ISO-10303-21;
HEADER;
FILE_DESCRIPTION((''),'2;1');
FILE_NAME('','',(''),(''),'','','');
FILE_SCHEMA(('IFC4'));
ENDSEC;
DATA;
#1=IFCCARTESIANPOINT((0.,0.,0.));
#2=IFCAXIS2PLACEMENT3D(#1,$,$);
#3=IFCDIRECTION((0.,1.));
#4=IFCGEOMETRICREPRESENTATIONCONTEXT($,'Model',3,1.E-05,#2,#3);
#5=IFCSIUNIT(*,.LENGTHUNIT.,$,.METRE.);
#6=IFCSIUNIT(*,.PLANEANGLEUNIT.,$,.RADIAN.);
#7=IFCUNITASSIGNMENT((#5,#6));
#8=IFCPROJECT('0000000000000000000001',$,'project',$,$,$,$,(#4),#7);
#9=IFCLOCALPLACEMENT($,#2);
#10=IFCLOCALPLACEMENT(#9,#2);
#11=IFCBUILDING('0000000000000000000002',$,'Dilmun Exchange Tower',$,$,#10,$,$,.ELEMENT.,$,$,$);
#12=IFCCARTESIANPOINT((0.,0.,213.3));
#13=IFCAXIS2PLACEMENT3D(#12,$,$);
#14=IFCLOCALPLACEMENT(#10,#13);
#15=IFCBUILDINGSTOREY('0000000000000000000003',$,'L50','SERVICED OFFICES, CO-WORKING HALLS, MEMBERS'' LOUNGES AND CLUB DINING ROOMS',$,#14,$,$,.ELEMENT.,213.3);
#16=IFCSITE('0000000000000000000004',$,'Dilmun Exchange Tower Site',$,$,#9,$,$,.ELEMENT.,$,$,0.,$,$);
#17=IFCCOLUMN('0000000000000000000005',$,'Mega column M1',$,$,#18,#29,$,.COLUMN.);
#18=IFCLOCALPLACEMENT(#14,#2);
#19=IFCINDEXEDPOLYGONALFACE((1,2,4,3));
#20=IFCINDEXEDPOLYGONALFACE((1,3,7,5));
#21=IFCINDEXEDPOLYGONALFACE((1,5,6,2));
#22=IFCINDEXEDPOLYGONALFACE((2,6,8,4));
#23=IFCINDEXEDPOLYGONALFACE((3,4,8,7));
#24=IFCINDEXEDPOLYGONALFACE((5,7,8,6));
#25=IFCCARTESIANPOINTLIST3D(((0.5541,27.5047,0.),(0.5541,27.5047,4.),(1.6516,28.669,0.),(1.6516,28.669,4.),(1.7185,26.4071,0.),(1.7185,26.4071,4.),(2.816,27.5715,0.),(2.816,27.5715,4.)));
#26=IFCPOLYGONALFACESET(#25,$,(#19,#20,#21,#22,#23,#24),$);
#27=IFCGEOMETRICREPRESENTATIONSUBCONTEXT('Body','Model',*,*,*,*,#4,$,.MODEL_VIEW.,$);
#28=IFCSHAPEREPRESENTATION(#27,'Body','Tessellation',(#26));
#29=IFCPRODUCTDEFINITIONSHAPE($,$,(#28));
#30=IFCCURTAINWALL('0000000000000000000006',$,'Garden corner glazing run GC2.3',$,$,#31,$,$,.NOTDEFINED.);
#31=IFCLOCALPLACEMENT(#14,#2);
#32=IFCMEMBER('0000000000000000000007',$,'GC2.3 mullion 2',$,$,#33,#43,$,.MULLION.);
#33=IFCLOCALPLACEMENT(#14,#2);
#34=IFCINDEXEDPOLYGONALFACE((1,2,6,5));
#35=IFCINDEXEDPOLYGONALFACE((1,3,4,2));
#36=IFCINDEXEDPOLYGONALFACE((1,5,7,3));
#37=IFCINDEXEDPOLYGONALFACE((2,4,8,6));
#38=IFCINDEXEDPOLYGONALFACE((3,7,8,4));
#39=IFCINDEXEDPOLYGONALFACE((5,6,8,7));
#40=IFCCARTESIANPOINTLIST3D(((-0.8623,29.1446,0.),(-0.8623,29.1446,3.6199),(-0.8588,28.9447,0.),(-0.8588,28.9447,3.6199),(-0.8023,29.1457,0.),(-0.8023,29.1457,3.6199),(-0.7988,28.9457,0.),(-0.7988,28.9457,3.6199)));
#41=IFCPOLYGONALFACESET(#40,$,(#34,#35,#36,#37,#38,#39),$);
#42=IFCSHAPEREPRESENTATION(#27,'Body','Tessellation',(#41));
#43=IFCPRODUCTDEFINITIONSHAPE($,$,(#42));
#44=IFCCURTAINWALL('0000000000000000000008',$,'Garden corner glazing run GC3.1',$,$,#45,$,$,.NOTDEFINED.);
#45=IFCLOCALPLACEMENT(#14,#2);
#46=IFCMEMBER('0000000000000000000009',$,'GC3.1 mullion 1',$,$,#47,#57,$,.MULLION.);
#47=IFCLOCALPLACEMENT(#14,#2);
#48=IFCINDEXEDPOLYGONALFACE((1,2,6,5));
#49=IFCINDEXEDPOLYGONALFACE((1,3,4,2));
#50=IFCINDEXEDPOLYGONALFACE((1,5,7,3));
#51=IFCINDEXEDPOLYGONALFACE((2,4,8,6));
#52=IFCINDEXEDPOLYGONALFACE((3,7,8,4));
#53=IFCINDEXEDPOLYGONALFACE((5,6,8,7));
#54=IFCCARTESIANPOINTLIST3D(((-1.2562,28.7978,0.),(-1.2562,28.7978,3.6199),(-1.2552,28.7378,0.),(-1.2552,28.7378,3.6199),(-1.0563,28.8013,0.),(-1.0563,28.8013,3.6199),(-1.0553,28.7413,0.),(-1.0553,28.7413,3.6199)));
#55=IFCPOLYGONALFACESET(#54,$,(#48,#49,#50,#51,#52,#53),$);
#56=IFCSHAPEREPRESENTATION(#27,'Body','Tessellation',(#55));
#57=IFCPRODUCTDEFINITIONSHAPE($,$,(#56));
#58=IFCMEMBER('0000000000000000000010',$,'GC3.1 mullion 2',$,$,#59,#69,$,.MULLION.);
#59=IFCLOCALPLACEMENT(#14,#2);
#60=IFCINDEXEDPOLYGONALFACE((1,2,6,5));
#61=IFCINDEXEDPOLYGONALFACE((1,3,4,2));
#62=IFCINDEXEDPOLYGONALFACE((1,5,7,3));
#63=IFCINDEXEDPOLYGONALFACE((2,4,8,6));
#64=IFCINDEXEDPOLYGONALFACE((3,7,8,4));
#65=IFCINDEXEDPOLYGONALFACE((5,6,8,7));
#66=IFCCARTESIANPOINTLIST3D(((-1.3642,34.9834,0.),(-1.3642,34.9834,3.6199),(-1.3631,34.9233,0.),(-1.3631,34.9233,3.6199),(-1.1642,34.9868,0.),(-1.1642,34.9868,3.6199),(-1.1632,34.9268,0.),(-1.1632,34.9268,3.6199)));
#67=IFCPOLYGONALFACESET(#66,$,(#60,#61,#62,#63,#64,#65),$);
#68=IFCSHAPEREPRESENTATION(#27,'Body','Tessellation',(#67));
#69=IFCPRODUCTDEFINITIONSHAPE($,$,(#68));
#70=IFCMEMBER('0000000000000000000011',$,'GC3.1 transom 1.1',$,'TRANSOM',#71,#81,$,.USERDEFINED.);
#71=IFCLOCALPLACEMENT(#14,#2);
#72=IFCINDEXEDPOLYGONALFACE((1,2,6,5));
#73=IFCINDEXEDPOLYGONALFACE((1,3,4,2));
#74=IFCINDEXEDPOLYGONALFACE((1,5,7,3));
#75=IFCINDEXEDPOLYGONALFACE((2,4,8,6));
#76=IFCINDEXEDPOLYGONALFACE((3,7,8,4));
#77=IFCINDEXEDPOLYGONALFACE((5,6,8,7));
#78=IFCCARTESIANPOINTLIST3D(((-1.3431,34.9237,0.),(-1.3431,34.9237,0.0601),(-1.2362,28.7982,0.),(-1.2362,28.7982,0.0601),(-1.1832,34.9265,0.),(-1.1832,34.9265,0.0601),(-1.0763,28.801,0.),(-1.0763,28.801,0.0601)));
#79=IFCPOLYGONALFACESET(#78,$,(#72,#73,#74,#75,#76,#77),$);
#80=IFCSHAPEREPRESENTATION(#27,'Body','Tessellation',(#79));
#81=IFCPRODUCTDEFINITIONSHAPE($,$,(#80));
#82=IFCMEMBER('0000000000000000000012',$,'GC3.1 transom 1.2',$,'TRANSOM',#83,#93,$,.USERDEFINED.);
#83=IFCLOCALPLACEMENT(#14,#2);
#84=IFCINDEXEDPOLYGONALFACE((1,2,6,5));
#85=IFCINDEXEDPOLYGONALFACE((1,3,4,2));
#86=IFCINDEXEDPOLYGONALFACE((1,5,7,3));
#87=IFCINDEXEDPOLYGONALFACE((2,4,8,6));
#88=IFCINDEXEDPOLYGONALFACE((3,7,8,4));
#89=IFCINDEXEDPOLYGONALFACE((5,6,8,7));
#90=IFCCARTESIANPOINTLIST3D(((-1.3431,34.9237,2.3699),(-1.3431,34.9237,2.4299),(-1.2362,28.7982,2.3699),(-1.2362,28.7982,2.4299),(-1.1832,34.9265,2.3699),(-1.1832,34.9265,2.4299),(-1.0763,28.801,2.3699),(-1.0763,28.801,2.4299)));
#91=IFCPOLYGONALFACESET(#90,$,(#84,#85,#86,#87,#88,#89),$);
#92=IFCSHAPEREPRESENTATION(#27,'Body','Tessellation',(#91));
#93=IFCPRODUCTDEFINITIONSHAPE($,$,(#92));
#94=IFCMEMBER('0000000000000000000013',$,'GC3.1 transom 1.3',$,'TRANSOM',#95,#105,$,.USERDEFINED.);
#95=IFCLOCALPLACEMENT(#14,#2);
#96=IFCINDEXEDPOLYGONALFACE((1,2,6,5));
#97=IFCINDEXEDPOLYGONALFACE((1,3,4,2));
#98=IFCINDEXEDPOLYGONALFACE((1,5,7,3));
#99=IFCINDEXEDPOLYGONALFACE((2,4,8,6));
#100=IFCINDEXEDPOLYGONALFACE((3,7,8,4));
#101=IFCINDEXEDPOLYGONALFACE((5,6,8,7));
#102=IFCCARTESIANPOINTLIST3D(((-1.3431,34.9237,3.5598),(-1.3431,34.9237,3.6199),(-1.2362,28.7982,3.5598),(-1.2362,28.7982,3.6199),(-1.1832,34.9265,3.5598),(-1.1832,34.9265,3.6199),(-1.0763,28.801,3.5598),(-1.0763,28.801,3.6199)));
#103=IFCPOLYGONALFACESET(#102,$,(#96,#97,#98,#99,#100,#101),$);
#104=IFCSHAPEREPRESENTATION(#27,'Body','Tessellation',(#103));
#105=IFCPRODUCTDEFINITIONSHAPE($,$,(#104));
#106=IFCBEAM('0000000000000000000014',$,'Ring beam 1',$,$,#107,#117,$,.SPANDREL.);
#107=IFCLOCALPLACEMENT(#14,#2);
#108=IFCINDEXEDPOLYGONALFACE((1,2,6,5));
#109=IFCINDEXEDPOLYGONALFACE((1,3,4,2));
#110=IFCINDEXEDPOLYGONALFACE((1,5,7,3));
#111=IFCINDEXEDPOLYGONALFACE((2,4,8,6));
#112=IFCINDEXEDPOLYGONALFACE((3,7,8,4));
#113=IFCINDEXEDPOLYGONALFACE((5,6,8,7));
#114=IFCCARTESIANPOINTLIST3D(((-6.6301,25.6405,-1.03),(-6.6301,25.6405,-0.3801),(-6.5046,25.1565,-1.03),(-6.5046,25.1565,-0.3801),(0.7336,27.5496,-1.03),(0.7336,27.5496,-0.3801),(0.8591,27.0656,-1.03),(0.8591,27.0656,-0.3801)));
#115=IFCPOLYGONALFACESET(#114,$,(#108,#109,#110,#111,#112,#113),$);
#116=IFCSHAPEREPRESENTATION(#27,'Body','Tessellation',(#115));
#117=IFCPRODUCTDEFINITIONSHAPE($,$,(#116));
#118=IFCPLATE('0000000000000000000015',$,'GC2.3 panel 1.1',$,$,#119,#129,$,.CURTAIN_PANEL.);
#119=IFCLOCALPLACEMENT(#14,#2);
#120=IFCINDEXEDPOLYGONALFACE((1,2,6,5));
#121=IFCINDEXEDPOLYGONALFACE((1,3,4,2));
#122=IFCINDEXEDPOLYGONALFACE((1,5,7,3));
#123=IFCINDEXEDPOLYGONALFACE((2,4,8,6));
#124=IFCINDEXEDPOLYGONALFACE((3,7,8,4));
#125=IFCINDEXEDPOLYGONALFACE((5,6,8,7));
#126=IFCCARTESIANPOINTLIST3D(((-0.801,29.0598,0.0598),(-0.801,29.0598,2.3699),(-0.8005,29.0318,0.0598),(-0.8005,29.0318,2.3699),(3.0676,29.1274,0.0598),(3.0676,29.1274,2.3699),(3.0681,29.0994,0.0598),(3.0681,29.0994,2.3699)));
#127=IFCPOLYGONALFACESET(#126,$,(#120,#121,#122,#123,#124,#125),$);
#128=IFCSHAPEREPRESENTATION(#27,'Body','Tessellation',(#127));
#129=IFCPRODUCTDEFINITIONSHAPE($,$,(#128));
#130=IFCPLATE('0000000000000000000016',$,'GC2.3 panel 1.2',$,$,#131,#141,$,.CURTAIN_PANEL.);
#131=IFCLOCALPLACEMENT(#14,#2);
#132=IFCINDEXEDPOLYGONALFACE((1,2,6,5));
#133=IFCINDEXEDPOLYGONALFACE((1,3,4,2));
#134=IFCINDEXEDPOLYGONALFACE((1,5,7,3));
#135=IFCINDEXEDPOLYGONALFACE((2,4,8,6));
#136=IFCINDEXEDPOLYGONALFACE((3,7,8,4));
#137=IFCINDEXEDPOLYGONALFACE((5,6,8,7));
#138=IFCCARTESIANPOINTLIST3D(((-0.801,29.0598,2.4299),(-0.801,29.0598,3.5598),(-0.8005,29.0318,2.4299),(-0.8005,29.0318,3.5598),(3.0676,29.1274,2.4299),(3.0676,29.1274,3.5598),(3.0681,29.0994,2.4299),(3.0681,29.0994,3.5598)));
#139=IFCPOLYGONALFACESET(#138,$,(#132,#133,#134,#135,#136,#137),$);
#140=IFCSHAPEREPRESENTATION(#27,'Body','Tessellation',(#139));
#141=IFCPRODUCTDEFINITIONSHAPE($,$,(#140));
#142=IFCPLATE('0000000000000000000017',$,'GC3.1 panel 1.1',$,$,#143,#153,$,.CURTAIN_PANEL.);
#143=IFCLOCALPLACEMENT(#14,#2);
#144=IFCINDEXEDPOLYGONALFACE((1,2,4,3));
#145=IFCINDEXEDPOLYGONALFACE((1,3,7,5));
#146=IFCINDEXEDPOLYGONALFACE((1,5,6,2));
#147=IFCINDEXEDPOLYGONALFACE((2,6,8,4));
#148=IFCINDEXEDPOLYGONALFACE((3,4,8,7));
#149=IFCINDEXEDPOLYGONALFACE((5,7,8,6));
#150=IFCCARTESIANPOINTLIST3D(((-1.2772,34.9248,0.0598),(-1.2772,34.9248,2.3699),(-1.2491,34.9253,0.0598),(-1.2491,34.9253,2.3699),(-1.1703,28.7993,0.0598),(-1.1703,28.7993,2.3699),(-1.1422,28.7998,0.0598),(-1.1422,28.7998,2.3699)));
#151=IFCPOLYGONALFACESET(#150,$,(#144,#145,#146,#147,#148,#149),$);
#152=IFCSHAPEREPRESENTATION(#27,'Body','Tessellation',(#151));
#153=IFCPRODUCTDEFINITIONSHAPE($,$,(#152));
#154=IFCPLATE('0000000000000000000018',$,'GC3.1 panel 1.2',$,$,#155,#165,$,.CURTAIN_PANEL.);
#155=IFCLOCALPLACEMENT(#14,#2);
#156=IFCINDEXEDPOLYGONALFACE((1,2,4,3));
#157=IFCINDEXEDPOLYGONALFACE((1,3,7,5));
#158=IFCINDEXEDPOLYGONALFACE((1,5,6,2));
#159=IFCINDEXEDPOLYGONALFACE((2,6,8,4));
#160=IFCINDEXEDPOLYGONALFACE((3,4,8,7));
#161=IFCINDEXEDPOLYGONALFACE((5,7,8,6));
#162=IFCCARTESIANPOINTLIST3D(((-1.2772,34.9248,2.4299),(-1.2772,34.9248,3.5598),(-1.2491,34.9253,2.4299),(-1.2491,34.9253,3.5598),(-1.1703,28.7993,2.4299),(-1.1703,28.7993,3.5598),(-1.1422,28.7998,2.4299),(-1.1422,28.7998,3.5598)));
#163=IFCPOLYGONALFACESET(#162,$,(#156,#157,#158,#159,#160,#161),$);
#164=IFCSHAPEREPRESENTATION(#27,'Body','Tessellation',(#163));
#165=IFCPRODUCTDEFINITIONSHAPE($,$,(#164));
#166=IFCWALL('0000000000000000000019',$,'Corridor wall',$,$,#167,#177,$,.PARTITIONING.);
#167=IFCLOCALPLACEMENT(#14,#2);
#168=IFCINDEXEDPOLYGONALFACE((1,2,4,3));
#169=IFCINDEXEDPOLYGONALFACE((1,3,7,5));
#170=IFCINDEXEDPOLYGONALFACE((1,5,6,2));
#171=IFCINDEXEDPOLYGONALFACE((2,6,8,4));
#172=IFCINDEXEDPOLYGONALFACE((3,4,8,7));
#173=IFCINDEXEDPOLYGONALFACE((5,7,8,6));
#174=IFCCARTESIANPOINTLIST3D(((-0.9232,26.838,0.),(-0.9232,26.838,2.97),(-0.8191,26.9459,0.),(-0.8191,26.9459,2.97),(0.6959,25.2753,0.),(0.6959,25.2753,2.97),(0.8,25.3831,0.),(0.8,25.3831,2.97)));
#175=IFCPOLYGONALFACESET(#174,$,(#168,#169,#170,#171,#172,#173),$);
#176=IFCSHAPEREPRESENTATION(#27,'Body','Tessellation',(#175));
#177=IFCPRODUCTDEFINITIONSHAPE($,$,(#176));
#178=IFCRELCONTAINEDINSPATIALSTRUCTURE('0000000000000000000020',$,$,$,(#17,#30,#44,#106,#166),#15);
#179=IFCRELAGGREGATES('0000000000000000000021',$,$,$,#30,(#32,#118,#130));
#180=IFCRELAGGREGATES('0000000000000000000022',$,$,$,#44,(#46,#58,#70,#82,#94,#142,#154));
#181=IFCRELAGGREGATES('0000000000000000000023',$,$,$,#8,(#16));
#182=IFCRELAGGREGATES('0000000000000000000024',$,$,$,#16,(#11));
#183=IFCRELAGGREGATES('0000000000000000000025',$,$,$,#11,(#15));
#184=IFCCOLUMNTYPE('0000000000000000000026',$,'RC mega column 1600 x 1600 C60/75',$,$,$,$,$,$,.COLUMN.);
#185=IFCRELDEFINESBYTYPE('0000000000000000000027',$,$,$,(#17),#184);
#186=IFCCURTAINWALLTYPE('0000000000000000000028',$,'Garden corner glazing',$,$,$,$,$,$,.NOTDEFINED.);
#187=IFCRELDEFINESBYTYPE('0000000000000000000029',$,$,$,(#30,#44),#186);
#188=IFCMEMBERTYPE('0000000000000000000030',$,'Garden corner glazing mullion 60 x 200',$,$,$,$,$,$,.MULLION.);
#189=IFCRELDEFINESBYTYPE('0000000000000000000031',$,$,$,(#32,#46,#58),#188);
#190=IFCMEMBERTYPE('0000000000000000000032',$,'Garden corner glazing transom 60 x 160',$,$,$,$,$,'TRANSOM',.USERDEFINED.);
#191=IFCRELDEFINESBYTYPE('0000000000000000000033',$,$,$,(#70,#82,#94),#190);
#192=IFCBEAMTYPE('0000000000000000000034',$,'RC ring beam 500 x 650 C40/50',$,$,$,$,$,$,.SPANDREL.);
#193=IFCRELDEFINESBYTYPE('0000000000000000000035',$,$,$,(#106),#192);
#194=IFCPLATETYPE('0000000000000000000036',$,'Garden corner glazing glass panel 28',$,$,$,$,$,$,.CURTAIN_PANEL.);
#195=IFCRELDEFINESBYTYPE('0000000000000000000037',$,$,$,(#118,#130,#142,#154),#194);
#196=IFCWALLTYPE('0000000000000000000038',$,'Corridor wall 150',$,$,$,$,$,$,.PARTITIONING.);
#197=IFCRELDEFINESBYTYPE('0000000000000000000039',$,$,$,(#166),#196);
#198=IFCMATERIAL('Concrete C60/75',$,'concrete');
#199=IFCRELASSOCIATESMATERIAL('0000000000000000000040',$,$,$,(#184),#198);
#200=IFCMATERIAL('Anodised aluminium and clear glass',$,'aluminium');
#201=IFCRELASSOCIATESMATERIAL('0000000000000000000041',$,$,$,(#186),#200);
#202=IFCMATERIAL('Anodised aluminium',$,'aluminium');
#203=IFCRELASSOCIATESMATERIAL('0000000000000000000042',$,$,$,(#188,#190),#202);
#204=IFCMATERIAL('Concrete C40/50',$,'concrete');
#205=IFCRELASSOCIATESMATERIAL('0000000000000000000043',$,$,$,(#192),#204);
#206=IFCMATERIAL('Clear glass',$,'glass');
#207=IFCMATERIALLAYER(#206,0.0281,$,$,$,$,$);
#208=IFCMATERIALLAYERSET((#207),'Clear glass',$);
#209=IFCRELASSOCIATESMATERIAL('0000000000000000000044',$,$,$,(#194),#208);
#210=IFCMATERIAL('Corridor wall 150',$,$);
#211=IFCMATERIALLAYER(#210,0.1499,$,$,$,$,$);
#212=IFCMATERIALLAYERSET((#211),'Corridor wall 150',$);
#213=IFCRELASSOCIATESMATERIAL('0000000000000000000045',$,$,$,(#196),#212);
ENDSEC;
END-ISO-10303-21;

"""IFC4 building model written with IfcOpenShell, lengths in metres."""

from ifc_helpers import new_model, si_unit, direction, frame, frame_2d, origin, origin_2d, place, context, subcontext, project, spatial, rectangle, extrude, material, layer, layer_set, material_profile, profile_set, type_object, element, aggregate, save


model = new_model("IFC4")

# Units and contexts
model_context = context("Model", 3, precision=1e-05, world=origin(), true_north=direction((0.0, 1.0)))
body_context = subcontext(model_context, "Body", "Model", "MODEL_VIEW")
ifc_project = project(units=[si_unit("LENGTHUNIT", "METRE"), si_unit("PLANEANGLEUNIT", "RADIAN")], contexts=[model_context])

# Site, building, storey
site_placement = place(None, origin())
site = spatial("IfcSite", under=ifc_project, at=site_placement, Name="Dilmun Exchange Tower Site", CompositionType="ELEMENT", RefElevation=0.0)
building_placement = place(site_placement, origin())
building = spatial("IfcBuilding", under=site, at=building_placement, Name="Dilmun Exchange Tower", CompositionType="ELEMENT")
storey_placement = place(building_placement, frame((0.0, 0.0, 213.3)))
storey = spatial("IfcBuildingStorey", under=building, at=storey_placement, Name="L50", Description="SERVICED OFFICES, CO-WORKING HALLS, MEMBERS' LOUNGES AND CLUB DINING ROOMS", CompositionType="ELEMENT", Elevation=213.3)

# Column
ifc_material_1 = material(Name="Concrete C60/75", Category="concrete")
ifc_material_profile_1 = material_profile(ifc_material_1, rectangle(XDim=1.6001, YDim=1.6001, at=origin_2d()), Name="1600 x 1600")
ifc_profile_set_1 = profile_set([ifc_material_profile_1], Name="Concrete C60/75")
column_type = type_object("IfcColumnType", Name="RC mega column 1600 x 1600 C60/75", PredefinedType="COLUMN", material=ifc_profile_set_1)
column_placement = place(storey_placement, frame((1.6851, 27.5381, 0.0), z_axis=(0.0, 0.0, 1.0), x_axis=(0.685916, 0.727681, 0.0)))
element("IfcColumn", 1, at=column_placement, inside=storey, type_object=column_type, Name="Mega column M1", PredefinedType="COLUMN", context=body_context, shape_type="SweptSolid", body=[
    extrude(rectangle(XDim=1.6001, YDim=1.6001, at=origin_2d()), origin(), (0.0, 0.0, 1.0), 4.0),
])

# Curtain wall, member
ifc_material_2 = material(Name="Anodised aluminium and clear glass", Category="aluminium")
curtain_wall_type = type_object("IfcCurtainWallType", Name="Garden corner glazing", PredefinedType="NOTDEFINED", material=ifc_material_2)
curtain_wall_1_placement = place(storey_placement, origin())
curtain_wall_1 = element("IfcCurtainWall", 2, at=curtain_wall_1_placement, inside=storey, type_object=curtain_wall_type, Name="Garden corner glazing run GC2.3", PredefinedType="NOTDEFINED")
ifc_material_3 = material(Name="Anodised aluminium", Category="aluminium")
ifc_material_profile_2 = material_profile(ifc_material_3, rectangle(XDim=0.2, YDim=0.0601, at=origin_2d()), Name="AL 60x200")
ifc_profile_set_2 = profile_set([ifc_material_profile_2], Name="Anodised aluminium")
member_type_1 = type_object("IfcMemberType", Name="Garden corner glazing mullion 60 x 200", PredefinedType="MULLION", material=ifc_profile_set_2)
member_1_placement = place(storey_placement, frame((-0.8306, 29.0452, 0.0), z_axis=(0.0, 0.0, 1.0), x_axis=(0.017473, -0.999847, 0.0)))
member_1 = element("IfcMember", 3, at=member_1_placement, type_object=member_type_1, Name="GC2.3 mullion 2", PredefinedType="MULLION", context=body_context, shape_type="SweptSolid", body=[
    extrude(rectangle(XDim=0.2, YDim=0.0601, at=origin_2d()), origin(), (0.0, 0.0, 1.0), 3.6199),
])

# Curtain wall, members
curtain_wall_2_placement = place(storey_placement, origin())
curtain_wall_2 = element("IfcCurtainWall", 4, at=curtain_wall_2_placement, inside=storey, type_object=curtain_wall_type, Name="Garden corner glazing run GC3.1", PredefinedType="NOTDEFINED")
member_2_placement = place(storey_placement, frame((-1.1558, 28.7695, 0.0), z_axis=(0.0, 0.0, 1.0), x_axis=(-0.999848, -0.01745, 0.0)))
member_2 = element("IfcMember", 5, at=member_2_placement, type_object=member_type_1, Name="GC3.1 mullion 1", PredefinedType="MULLION", context=body_context, shape_type="SweptSolid", body=[
    extrude(rectangle(XDim=0.2, YDim=0.0601, at=origin_2d()), origin(), (0.0, 0.0, 1.0), 3.6199),
])
member_3_placement = place(storey_placement, frame((-1.2637, 34.9551, 0.0), z_axis=(0.0, 0.0, 1.0), x_axis=(-0.999848, -0.01745, 0.0)))
member_3 = element("IfcMember", 6, at=member_3_placement, type_object=member_type_1, Name="GC3.1 mullion 2", PredefinedType="MULLION", context=body_context, shape_type="SweptSolid", body=[
    extrude(rectangle(XDim=0.2, YDim=0.0601, at=origin_2d()), origin(), (0.0, 0.0, 1.0), 3.6199),
])
ifc_material_profile_3 = material_profile(ifc_material_3, rectangle(XDim=0.1599, YDim=0.0601, at=origin_2d()), Name="AL 60x160")
ifc_profile_set_3 = profile_set([ifc_material_profile_3], Name="Anodised aluminium")
member_type_2 = type_object("IfcMemberType", Name="Garden corner glazing transom 60 x 160", ElementType="TRANSOM", PredefinedType="USERDEFINED", material=ifc_profile_set_3)
member_4_placement = place(storey_placement, frame((-1.1562, 28.7996, 0.03), z_axis=(-0.017454, 0.999848, 0.0), x_axis=(-0.999848, -0.017454, 0.0)))
member_4 = element("IfcMember", 7, at=member_4_placement, type_object=member_type_2, Name="GC3.1 transom 1.1", ObjectType="TRANSOM", PredefinedType="USERDEFINED", context=body_context, shape_type="SweptSolid", body=[
    extrude(rectangle(XDim=0.1599, YDim=0.0601, at=origin_2d()), origin(), (0.0, 0.0, 1.0), 6.1265),
])
member_5_placement = place(storey_placement, frame((-1.1562, 28.7996, 2.3999), z_axis=(-0.017454, 0.999848, 0.0), x_axis=(-0.999848, -0.017454, 0.0)))
member_5 = element("IfcMember", 8, at=member_5_placement, type_object=member_type_2, Name="GC3.1 transom 1.2", ObjectType="TRANSOM", PredefinedType="USERDEFINED", context=body_context, shape_type="SweptSolid", body=[
    extrude(rectangle(XDim=0.1599, YDim=0.0601, at=origin_2d()), origin(), (0.0, 0.0, 1.0), 6.1265),
])
member_6_placement = place(storey_placement, frame((-1.1562, 28.7996, 3.5898), z_axis=(-0.017454, 0.999848, 0.0), x_axis=(-0.999848, -0.017454, 0.0)))
member_6 = element("IfcMember", 9, at=member_6_placement, type_object=member_type_2, Name="GC3.1 transom 1.3", ObjectType="TRANSOM", PredefinedType="USERDEFINED", context=body_context, shape_type="SweptSolid", body=[
    extrude(rectangle(XDim=0.1599, YDim=0.0601, at=origin_2d()), origin(), (0.0, 0.0, 1.0), 6.1265),
])

# Beam
ifc_material_4 = material(Name="Concrete C40/50", Category="concrete")
ifc_material_profile_4 = material_profile(ifc_material_4, rectangle(XDim=0.5, YDim=0.6499, at=origin_2d()), Name="500 x 650")
ifc_profile_set_4 = profile_set([ifc_material_profile_4], Name="Concrete C40/50")
beam_type = type_object("IfcBeamType", Name="RC ring beam 500 x 650 C40/50", PredefinedType="SPANDREL", material=ifc_profile_set_4)
beam_placement = place(storey_placement, frame((0.7964, 27.3076, -0.7051), z_axis=(-0.967995, -0.250969, 0.0), x_axis=(0.250969, -0.967995, 0.0)))
element("IfcBeam", 10, at=beam_placement, inside=storey, type_object=beam_type, Name="Ring beam 1", PredefinedType="SPANDREL", context=body_context, shape_type="SweptSolid", body=[
    extrude(rectangle(XDim=0.5, YDim=0.6499, at=origin_2d()), origin(), (0.0, 0.0, 1.0), 7.6072),
])

# Plates
ifc_material_5 = material(Name="Clear glass", Category="glass")
ifc_layer_1 = layer(ifc_material_5, 0.0281)
ifc_layer_set_1 = layer_set([ifc_layer_1], Name="Clear glass")
plate_type = type_object("IfcPlateType", Name="Garden corner glazing glass panel 28", PredefinedType="CURTAIN_PANEL", material=ifc_layer_set_1)
plate_1_placement = place(storey_placement, frame((1.1335, 29.0796, 0.0598), z_axis=(0.0, 0.0, 1.0), x_axis=(-0.999847, -0.017473, 0.0)))
plate_1 = element("IfcPlate", 11, at=plate_1_placement, type_object=plate_type, Name="GC2.3 panel 1.1", PredefinedType="CURTAIN_PANEL", context=body_context, shape_type="SweptSolid", body=[
    extrude(rectangle(XDim=3.8691, YDim=0.0281, at=origin_2d()), origin(), (0.0, 0.0, 1.0), 2.3101),
])
plate_2_placement = place(storey_placement, frame((1.1335, 29.0796, 2.4299), z_axis=(0.0, 0.0, 1.0), x_axis=(-0.999847, -0.017473, 0.0)))
plate_2 = element("IfcPlate", 12, at=plate_2_placement, type_object=plate_type, Name="GC2.3 panel 1.2", PredefinedType="CURTAIN_PANEL", context=body_context, shape_type="SweptSolid", body=[
    extrude(rectangle(XDim=3.8691, YDim=0.0281, at=origin_2d()), origin(), (0.0, 0.0, 1.0), 1.1299),
])
aggregate(curtain_wall_1, [member_1, plate_1, plate_2])
plate_3_placement = place(storey_placement, frame((-1.2097, 31.8623, 0.0598), z_axis=(0.0, 0.0, 1.0), x_axis=(-0.01745, 0.999848, 0.0)))
plate_3 = element("IfcPlate", 13, at=plate_3_placement, type_object=plate_type, Name="GC3.1 panel 1.1", PredefinedType="CURTAIN_PANEL", context=body_context, shape_type="SweptSolid", body=[
    extrude(rectangle(XDim=6.1265, YDim=0.0281, at=origin_2d()), origin(), (0.0, 0.0, 1.0), 2.3101),
])
plate_4_placement = place(storey_placement, frame((-1.2097, 31.8623, 2.4299), z_axis=(0.0, 0.0, 1.0), x_axis=(-0.01745, 0.999848, 0.0)))
plate_4 = element("IfcPlate", 14, at=plate_4_placement, type_object=plate_type, Name="GC3.1 panel 1.2", PredefinedType="CURTAIN_PANEL", context=body_context, shape_type="SweptSolid", body=[
    extrude(rectangle(XDim=6.1265, YDim=0.0281, at=origin_2d()), origin(), (0.0, 0.0, 1.0), 1.1299),
])
aggregate(curtain_wall_2, [member_2, member_3, member_4, member_5, member_6, plate_3, plate_4])

# Wall
ifc_material_6 = material(Name="Corridor wall 150")
ifc_layer_2 = layer(ifc_material_6, 0.1499)
ifc_layer_set_2 = layer_set([ifc_layer_2], Name="Corridor wall 150")
wall_type_1 = type_object("IfcWallType", Name="Corridor wall 150", PredefinedType="PARTITIONING", material=ifc_layer_set_2)
wall_1_placement = place(storey_placement, frame((-0.8711, 26.8918, 0.0), z_axis=(0.0, 0.0, 1.0), x_axis=(0.719527, -0.694465, 0.0)))
element("IfcWall", 15, at=wall_1_placement, inside=storey, type_object=wall_type_1, Name="Corridor wall", PredefinedType="PARTITIONING", context=body_context, shape_type="SweptSolid", body=[
    extrude(rectangle(XDim=2.2502, YDim=0.1499, at=frame_2d((1.125, 0.0))), origin(), (0.0, 0.0, 1.0), 2.97),
])

save(model, "model.ifc")
